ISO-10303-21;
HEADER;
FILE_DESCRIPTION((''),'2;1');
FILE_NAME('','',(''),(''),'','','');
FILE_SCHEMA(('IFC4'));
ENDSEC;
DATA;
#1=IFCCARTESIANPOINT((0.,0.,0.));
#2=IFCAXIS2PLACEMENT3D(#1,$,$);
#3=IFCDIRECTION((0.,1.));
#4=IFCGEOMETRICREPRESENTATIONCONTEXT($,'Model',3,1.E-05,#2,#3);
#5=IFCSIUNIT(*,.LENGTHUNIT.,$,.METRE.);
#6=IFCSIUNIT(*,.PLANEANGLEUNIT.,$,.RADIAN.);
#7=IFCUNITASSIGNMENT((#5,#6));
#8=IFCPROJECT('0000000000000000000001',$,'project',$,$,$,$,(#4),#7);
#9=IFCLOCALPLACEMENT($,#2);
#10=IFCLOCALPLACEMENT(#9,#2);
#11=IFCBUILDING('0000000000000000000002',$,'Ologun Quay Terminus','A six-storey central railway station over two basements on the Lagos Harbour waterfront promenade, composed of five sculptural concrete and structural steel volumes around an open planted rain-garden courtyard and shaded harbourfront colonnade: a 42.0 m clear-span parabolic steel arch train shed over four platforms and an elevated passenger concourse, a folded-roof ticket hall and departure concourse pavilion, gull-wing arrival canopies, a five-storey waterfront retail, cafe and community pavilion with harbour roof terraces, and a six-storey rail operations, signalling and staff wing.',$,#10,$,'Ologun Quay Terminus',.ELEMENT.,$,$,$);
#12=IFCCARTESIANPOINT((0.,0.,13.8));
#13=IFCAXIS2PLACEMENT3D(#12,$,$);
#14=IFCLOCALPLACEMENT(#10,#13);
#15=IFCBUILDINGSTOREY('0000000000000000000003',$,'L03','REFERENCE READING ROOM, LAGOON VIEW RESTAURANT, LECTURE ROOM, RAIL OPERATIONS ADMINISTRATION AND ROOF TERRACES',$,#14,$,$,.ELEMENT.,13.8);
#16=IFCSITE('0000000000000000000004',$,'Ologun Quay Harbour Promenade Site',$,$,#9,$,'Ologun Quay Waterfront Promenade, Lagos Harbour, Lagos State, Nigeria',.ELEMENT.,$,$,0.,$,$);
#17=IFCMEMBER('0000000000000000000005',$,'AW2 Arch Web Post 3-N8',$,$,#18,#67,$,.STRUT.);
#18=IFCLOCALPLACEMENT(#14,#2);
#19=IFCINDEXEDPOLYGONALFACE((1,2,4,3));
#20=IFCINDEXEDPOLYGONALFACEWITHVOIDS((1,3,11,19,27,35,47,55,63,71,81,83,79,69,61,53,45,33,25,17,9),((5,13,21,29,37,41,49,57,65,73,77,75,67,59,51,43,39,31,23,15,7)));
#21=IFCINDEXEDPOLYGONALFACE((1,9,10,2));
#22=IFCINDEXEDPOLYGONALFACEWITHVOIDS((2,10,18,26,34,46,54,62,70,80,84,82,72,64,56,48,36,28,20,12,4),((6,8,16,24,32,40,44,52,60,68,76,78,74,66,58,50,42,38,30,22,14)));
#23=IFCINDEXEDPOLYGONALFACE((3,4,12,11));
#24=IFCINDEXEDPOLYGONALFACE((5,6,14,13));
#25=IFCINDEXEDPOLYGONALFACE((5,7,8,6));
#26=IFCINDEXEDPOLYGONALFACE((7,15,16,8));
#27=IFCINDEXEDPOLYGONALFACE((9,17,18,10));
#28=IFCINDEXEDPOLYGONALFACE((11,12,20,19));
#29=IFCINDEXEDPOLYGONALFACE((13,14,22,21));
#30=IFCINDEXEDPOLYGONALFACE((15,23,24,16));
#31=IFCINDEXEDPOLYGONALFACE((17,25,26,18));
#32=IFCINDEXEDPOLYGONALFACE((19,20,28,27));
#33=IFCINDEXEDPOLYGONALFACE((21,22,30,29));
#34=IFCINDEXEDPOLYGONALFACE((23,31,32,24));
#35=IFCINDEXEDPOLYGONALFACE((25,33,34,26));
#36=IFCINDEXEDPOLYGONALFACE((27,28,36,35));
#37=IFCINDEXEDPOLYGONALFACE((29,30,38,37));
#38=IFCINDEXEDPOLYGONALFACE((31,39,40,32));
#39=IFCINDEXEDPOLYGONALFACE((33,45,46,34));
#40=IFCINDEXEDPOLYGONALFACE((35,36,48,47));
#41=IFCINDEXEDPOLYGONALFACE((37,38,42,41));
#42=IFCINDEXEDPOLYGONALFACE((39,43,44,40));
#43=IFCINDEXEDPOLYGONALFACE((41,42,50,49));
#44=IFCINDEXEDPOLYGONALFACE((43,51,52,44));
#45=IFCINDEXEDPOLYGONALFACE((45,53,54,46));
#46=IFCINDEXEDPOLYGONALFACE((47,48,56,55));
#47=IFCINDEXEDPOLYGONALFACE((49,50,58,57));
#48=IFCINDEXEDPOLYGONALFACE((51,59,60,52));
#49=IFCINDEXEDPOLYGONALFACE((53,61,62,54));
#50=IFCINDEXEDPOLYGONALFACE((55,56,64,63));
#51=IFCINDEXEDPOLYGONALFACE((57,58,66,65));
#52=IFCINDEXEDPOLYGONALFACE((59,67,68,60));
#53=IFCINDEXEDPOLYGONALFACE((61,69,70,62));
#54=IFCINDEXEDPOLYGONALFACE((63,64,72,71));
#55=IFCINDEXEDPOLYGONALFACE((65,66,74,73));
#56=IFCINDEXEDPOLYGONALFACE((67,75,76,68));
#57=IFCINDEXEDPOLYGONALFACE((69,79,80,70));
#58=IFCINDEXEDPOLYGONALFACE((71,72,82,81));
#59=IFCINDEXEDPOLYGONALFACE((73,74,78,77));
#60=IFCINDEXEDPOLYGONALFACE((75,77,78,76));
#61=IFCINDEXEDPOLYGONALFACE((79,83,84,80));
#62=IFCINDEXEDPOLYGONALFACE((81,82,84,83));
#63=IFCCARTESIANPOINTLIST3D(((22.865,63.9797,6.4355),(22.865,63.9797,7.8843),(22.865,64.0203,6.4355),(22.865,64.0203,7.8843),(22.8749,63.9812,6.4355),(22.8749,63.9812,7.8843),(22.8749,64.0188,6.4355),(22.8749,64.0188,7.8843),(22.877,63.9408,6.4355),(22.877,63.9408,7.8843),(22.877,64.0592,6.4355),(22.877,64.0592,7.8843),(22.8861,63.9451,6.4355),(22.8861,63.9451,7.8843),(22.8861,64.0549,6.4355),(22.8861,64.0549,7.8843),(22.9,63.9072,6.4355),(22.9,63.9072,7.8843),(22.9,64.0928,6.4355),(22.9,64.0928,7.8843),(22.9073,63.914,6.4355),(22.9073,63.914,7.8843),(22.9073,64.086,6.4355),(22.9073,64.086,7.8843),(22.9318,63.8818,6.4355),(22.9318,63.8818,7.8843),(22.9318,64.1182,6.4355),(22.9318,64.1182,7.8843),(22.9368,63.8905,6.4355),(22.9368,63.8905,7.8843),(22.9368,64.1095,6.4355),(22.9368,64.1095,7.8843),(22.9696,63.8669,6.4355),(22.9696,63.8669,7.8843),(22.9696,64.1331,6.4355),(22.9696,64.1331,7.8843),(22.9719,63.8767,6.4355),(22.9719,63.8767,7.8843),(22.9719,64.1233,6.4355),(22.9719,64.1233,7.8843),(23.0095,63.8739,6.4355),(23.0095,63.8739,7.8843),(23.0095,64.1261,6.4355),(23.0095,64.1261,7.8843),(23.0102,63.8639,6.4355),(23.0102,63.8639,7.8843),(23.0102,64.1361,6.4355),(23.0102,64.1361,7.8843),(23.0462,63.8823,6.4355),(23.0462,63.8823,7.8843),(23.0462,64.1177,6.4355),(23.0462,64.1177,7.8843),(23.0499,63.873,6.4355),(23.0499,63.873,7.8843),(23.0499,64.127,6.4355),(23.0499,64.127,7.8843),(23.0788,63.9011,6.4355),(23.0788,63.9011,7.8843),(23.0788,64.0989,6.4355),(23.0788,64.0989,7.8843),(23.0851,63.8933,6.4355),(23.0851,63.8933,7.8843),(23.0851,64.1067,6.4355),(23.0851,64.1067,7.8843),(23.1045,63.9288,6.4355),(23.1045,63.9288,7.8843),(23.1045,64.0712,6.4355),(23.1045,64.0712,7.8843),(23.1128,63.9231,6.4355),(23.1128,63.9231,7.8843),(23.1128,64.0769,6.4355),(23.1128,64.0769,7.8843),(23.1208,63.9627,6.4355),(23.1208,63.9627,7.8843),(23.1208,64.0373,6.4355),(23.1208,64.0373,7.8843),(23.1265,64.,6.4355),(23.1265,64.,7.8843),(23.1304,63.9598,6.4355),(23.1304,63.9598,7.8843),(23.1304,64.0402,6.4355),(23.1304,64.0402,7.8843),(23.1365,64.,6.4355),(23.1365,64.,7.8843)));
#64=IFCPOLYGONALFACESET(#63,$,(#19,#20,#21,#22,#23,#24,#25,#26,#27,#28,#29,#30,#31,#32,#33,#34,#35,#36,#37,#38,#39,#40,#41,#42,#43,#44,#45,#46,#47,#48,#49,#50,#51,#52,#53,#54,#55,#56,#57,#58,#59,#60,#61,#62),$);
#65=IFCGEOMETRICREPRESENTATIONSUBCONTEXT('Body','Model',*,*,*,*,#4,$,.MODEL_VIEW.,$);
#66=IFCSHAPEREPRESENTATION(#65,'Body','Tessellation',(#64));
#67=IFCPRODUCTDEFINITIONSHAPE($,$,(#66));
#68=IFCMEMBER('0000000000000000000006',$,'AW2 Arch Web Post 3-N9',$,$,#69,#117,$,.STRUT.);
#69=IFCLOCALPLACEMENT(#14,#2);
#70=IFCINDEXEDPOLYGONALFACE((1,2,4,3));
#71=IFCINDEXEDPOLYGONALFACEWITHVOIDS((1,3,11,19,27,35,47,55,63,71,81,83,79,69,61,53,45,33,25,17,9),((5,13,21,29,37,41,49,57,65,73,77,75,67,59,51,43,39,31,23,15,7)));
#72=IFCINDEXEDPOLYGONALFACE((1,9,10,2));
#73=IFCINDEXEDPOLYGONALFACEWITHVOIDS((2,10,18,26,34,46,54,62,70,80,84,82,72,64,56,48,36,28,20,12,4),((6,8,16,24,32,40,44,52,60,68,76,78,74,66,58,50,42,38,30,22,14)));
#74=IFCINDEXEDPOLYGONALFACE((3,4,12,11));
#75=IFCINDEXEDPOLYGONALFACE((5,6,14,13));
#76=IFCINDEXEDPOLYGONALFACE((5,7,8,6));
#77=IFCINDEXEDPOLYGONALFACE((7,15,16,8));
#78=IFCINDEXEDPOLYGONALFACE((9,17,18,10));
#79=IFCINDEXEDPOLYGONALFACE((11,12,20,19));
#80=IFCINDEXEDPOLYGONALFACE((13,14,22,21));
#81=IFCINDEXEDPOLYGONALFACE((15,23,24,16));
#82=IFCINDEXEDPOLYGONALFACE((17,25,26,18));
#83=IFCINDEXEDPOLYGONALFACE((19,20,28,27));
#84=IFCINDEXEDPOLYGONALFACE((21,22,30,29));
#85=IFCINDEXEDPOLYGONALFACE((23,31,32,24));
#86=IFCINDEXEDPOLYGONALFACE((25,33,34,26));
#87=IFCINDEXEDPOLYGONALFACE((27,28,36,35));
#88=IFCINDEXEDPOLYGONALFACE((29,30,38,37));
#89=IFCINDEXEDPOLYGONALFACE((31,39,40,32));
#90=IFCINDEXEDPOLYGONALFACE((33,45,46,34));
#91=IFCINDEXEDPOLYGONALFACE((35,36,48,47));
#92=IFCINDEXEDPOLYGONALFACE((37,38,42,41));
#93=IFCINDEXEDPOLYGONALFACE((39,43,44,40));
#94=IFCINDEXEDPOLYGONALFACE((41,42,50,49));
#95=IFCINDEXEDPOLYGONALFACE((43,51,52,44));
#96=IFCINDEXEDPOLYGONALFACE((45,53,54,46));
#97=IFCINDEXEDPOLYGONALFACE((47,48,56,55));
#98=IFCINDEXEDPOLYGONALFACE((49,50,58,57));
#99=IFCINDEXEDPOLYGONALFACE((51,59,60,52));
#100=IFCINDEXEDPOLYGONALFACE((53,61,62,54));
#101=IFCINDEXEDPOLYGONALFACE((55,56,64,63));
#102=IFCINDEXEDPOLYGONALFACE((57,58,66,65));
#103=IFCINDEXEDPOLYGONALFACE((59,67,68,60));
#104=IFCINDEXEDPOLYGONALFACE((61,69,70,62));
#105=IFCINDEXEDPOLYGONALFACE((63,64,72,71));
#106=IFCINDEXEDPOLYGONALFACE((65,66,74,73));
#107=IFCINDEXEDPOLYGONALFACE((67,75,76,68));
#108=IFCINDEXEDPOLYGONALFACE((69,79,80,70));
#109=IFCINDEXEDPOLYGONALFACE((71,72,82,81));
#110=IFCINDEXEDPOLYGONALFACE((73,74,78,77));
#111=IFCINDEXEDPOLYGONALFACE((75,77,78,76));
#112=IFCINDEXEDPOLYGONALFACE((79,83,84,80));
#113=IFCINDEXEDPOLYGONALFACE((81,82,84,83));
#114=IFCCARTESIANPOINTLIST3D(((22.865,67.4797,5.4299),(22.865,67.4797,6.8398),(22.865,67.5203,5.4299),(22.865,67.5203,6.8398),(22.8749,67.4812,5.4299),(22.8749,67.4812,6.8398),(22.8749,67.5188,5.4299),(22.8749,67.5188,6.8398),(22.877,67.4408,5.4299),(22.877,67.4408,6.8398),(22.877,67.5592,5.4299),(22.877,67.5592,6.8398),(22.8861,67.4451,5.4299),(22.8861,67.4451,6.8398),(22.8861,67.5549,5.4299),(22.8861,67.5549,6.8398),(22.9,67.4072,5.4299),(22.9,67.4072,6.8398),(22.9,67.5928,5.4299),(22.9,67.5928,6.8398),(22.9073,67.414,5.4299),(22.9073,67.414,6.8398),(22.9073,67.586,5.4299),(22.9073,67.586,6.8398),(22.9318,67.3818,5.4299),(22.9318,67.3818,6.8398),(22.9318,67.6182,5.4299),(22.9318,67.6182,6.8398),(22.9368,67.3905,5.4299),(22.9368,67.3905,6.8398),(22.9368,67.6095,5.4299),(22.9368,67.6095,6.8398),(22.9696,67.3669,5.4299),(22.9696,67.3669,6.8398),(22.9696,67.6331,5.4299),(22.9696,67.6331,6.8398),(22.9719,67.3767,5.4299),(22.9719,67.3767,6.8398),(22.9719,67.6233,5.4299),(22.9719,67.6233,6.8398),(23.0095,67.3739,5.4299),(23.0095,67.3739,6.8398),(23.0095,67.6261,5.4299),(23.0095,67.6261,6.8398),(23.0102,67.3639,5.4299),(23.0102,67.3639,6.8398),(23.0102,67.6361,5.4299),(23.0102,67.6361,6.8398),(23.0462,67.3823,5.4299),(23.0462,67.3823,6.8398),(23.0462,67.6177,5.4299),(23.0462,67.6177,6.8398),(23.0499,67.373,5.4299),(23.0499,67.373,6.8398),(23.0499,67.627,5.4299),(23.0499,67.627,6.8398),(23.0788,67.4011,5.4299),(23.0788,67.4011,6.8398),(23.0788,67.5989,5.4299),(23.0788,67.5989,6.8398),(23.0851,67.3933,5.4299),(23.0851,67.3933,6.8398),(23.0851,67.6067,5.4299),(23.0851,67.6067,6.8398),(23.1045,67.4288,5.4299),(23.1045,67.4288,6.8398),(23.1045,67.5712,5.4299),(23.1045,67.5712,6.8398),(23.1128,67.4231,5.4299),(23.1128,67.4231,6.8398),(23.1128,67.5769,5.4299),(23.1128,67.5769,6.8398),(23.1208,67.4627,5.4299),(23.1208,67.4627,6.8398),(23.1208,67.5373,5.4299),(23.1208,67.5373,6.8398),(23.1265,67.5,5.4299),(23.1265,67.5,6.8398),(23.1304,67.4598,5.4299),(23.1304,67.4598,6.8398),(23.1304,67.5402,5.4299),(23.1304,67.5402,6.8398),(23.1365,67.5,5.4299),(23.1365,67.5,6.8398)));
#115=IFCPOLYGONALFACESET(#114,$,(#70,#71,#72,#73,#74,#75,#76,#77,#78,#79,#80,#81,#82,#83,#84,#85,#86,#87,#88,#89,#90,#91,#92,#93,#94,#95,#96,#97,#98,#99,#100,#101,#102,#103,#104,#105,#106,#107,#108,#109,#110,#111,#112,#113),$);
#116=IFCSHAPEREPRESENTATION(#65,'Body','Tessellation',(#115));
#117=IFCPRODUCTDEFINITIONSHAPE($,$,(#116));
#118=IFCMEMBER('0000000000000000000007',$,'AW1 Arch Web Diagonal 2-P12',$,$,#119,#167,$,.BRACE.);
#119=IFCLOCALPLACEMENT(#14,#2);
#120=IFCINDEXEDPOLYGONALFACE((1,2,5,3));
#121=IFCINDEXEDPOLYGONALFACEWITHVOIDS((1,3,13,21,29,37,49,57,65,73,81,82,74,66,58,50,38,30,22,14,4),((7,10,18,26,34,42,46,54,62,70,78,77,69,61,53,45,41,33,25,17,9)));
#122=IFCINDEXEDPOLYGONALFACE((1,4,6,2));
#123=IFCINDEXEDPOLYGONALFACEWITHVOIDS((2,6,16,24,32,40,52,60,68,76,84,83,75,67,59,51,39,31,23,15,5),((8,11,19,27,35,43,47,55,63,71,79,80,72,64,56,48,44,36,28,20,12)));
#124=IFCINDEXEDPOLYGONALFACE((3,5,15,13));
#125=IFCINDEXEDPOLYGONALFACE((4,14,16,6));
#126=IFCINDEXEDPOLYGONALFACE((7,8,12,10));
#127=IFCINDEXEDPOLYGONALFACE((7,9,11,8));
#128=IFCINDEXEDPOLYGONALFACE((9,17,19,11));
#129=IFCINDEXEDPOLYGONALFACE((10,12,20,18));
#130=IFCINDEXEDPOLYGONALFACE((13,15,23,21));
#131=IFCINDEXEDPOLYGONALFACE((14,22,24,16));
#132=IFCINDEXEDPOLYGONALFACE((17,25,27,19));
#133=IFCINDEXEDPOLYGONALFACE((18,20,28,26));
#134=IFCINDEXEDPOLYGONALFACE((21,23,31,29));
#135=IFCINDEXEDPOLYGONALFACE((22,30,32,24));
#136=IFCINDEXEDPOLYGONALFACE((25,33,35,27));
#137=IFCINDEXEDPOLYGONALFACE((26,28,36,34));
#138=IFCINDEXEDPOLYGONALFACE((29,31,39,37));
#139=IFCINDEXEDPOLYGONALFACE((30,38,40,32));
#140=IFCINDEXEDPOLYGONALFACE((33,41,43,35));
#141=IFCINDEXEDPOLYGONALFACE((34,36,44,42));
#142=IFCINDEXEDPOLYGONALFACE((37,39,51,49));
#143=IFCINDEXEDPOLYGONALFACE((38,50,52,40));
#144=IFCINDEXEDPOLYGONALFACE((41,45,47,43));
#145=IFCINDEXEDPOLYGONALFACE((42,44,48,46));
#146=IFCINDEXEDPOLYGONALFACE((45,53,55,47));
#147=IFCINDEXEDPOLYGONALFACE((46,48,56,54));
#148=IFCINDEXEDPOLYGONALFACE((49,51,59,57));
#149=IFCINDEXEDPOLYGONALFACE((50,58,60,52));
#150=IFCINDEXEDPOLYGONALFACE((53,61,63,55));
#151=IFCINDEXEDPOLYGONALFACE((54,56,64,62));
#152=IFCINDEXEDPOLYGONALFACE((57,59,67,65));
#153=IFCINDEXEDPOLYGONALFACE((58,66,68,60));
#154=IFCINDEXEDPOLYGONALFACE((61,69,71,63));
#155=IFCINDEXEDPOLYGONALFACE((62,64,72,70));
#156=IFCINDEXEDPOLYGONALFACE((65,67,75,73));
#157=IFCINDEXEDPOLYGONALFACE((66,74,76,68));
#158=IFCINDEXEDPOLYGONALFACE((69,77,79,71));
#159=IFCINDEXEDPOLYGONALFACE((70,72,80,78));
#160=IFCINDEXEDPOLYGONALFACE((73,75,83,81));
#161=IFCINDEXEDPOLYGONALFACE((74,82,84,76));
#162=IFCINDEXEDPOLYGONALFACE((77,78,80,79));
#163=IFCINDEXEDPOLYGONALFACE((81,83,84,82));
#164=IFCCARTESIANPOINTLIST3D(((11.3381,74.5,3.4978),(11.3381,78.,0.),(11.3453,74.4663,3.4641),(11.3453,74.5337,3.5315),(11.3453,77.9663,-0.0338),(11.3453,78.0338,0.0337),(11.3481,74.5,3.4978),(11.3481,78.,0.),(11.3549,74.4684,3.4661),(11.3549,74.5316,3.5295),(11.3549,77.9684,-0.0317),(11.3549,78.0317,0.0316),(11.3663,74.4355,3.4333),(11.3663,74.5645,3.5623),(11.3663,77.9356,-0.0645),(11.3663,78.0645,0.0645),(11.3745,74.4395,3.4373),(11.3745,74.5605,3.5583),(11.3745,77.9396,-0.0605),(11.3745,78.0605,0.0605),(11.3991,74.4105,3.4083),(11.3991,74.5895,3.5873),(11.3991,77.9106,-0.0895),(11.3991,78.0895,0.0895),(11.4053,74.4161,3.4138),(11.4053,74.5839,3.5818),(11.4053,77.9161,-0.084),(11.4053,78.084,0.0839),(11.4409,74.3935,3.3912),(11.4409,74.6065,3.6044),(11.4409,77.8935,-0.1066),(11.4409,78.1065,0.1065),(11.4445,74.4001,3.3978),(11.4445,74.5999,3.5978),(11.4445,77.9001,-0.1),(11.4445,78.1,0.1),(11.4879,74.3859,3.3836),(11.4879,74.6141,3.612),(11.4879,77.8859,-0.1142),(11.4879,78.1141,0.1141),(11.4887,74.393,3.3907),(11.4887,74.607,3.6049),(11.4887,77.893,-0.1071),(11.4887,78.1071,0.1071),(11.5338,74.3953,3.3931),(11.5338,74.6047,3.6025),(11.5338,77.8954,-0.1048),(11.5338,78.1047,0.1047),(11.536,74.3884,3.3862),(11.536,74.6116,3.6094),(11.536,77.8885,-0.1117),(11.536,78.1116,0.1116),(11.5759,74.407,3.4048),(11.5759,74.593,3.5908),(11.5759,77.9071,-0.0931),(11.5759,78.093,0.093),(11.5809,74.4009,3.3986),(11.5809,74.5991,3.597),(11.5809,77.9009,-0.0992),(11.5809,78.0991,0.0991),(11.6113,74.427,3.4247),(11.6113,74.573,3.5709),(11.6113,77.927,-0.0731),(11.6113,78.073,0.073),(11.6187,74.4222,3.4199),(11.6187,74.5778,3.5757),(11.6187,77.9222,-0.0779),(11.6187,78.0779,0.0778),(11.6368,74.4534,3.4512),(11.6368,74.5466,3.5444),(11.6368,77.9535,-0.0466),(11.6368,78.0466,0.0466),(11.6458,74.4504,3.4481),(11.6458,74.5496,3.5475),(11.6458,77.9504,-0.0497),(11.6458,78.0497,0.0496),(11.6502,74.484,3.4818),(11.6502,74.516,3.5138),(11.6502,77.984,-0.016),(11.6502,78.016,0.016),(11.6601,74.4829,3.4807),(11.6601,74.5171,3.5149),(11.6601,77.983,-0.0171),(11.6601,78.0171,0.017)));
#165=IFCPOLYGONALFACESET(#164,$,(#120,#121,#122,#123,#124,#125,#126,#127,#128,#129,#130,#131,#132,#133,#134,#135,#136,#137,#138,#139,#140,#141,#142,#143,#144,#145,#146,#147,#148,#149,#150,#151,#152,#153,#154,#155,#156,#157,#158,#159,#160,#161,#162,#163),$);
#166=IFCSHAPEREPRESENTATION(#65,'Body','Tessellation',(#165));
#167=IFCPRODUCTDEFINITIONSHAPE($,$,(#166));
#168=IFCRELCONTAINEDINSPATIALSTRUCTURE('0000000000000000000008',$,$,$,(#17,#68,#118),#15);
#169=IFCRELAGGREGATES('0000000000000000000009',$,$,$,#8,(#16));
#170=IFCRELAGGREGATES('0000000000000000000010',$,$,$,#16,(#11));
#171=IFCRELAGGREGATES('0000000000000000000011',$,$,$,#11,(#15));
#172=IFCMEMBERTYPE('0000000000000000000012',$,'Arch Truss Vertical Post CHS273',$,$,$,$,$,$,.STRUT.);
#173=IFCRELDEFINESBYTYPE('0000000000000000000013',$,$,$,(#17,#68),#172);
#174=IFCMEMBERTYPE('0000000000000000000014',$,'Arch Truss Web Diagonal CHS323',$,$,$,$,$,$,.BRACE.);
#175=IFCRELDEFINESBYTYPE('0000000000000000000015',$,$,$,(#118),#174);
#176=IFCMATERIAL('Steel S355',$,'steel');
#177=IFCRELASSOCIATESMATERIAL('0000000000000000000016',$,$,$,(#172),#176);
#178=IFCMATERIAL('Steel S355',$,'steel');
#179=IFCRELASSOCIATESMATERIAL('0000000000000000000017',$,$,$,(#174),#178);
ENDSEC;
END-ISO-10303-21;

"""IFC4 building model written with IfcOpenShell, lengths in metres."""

from ifc_helpers import new_model, si_unit, direction, frame, origin, origin_2d, place, context, subcontext, project, spatial, hollow_circle, extrude, material, material_profile, profile_set, type_object, element, save


model = new_model("IFC4")

# Units and contexts
model_context = context("Model", 3, precision=1e-05, world=origin(), true_north=direction((0.0, 1.0)))
body_context = subcontext(model_context, "Body", "Model", "MODEL_VIEW")
ifc_project = project(units=[si_unit("LENGTHUNIT", "METRE"), si_unit("PLANEANGLEUNIT", "RADIAN")], contexts=[model_context])

# Site, building, storey
site_placement = place(None, origin())
site = spatial("IfcSite", under=ifc_project, at=site_placement, Name="Ologun Quay Harbour Promenade Site", LongName="Ologun Quay Waterfront Promenade, Lagos Harbour, Lagos State, Nigeria", CompositionType="ELEMENT", RefElevation=0.0)
building_placement = place(site_placement, origin())
building = spatial("IfcBuilding", under=site, at=building_placement, Name="Ologun Quay Terminus", Description="A six-storey central railway station over two basements on the Lagos Harbour waterfront promenade, composed of five sculptural concrete and structural steel volumes around an open planted rain-garden courtyard and shaded harbourfront colonnade: a 42.0 m clear-span parabolic steel arch train shed over four platforms and an elevated passenger concourse, a folded-roof ticket hall and departure concourse pavilion, gull-wing arrival canopies, a five-storey waterfront retail, cafe and community pavilion with harbour roof terraces, and a six-storey rail operations, signalling and staff wing.", LongName="Ologun Quay Terminus", CompositionType="ELEMENT")
storey_placement = place(building_placement, frame((0.0, 0.0, 13.8)))
storey = spatial("IfcBuildingStorey", under=building, at=storey_placement, Name="L03", Description="REFERENCE READING ROOM, LAGOON VIEW RESTAURANT, LECTURE ROOM, RAIL OPERATIONS ADMINISTRATION AND ROOF TERRACES", CompositionType="ELEMENT", Elevation=13.8)

# Members
ifc_material_1 = material(Name="Steel S355", Category="steel")
ifc_material_profile_1 = material_profile(ifc_material_1, hollow_circle(Radius=0.1365, WallThickness=0.01, at=origin_2d()), Name="CHS 273x10")
ifc_profile_set_1 = profile_set([ifc_material_profile_1], Name="Steel S355")
member_type_1 = type_object("IfcMemberType", Name="Arch Truss Vertical Post CHS273", PredefinedType="STRUT", material=ifc_profile_set_1)
member_1_placement = place(storey_placement, frame((23.0, 64.0, 6.4355), z_axis=(0.0, 0.0, 1.0), x_axis=(1.0, 0.0, 0.0)))
element("IfcMember", 1, at=member_1_placement, inside=storey, type_object=member_type_1, Name="AW2 Arch Web Post 3-N8", PredefinedType="STRUT", context=body_context, shape_type="SweptSolid", body=[
    extrude(hollow_circle(Radius=0.1365, WallThickness=0.01, at=origin_2d()), origin(), (0.0, 0.0, 1.0), 1.4487),
])
member_2_placement = place(storey_placement, frame((23.0, 67.5, 5.4299), z_axis=(0.0, 0.0, 1.0), x_axis=(1.0, 0.0, 0.0)))
element("IfcMember", 2, at=member_2_placement, inside=storey, type_object=member_type_1, Name="AW2 Arch Web Post 3-N9", PredefinedType="STRUT", context=body_context, shape_type="SweptSolid", body=[
    extrude(hollow_circle(Radius=0.1365, WallThickness=0.01, at=origin_2d()), origin(), (0.0, 0.0, 1.0), 1.4099),
])
ifc_material_2 = material(Name="Steel S355", Category="steel")
ifc_material_profile_2 = material_profile(ifc_material_2, hollow_circle(Radius=0.1619, WallThickness=0.01, at=origin_2d()), Name="CHS 323.9x10")
ifc_profile_set_2 = profile_set([ifc_material_profile_2], Name="Steel S355")
member_type_2 = type_object("IfcMemberType", Name="Arch Truss Web Diagonal CHS323", PredefinedType="BRACE", material=ifc_profile_set_2)
member_3_placement = place(storey_placement, frame((11.5, 74.5, 3.4978), z_axis=(0.0, 0.707329, -0.706885), x_axis=(-1.0, 0.0, 0.0)))
element("IfcMember", 3, at=member_3_placement, inside=storey, type_object=member_type_2, Name="AW1 Arch Web Diagonal 2-P12", PredefinedType="BRACE", context=body_context, shape_type="SweptSolid", body=[
    extrude(hollow_circle(Radius=0.1619, WallThickness=0.01, at=origin_2d()), origin(), (0.0, 0.0, 1.0), 4.9482),
])

save(model, "model.ifc")
